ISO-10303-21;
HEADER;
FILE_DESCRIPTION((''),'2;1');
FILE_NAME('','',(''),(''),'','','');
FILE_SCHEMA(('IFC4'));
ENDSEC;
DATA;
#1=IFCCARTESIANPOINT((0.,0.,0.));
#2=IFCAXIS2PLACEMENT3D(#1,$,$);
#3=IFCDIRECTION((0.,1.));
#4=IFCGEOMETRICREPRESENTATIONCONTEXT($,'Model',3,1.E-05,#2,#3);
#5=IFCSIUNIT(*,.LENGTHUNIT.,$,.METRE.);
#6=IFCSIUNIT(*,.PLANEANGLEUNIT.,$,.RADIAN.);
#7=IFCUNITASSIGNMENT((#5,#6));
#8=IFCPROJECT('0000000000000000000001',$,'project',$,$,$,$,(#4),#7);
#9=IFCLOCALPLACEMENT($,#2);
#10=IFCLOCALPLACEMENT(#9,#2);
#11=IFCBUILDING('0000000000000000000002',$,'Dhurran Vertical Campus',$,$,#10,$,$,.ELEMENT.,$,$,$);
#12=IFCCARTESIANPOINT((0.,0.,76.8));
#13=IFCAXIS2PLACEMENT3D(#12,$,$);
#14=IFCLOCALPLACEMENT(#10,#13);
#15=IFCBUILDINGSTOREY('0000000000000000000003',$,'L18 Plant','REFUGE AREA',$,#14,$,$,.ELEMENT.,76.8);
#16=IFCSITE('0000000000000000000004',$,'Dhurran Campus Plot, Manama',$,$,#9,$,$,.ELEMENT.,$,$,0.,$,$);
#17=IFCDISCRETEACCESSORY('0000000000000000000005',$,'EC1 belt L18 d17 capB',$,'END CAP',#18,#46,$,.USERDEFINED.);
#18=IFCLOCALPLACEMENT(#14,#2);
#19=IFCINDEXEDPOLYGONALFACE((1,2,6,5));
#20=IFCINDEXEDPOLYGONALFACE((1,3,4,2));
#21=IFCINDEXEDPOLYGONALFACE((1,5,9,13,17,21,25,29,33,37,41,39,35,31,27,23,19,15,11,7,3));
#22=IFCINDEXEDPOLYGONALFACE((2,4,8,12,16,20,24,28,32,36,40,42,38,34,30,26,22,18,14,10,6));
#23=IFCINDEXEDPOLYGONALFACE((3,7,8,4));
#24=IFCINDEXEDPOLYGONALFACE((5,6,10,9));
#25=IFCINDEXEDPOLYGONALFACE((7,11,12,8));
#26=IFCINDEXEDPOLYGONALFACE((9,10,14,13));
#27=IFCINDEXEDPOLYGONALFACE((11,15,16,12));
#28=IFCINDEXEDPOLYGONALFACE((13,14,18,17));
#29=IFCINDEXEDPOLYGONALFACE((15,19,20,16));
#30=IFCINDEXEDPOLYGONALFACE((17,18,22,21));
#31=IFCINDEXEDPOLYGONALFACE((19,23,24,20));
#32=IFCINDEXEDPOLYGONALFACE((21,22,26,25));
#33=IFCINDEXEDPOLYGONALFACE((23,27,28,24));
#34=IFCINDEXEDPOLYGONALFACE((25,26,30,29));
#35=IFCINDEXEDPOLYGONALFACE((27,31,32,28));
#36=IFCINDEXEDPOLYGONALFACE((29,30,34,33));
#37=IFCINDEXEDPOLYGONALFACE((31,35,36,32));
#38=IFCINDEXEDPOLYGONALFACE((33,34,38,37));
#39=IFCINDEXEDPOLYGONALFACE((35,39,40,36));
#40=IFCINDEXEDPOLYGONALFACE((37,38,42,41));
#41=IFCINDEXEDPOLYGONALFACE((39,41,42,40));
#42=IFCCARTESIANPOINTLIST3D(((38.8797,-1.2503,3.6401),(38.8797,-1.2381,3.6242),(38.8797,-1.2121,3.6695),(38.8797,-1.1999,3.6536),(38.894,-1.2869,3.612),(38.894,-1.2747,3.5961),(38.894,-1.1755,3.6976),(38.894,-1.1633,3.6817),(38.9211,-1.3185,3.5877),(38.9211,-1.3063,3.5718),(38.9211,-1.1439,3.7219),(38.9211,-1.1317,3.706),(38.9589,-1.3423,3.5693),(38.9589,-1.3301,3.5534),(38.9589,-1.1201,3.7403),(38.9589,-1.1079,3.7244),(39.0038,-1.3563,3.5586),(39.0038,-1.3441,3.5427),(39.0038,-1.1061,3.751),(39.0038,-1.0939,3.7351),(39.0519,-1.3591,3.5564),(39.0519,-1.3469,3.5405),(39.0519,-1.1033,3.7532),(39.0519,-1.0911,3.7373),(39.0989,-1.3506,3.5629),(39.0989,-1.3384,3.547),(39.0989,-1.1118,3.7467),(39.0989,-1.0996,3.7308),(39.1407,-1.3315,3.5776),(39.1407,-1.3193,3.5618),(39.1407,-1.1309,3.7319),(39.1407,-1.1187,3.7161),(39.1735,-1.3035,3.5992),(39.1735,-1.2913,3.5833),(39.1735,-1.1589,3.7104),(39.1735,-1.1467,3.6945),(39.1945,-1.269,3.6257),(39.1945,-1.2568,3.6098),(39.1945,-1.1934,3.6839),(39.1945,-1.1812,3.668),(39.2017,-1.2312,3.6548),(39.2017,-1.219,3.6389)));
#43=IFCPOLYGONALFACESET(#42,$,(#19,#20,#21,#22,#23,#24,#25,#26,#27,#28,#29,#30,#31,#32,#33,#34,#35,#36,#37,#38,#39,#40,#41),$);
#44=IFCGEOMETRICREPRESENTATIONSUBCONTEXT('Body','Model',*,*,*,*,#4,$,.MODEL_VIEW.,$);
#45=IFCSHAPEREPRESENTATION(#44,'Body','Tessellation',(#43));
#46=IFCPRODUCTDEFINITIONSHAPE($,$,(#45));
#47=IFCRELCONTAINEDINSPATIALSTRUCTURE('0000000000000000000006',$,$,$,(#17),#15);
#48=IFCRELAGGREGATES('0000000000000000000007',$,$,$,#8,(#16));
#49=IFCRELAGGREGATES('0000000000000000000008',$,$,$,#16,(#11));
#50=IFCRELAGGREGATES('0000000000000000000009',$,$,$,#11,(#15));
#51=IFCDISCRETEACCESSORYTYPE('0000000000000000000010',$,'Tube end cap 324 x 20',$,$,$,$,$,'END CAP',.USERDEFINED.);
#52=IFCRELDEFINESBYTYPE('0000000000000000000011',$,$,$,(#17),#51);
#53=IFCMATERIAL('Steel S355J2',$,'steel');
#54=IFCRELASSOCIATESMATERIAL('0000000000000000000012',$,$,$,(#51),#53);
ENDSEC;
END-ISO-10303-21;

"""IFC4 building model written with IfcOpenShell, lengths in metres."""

from ifc_helpers import new_model, si_unit, direction, frame, origin, origin_2d, place, context, subcontext, project, spatial, circle, extrude, material, material_profile, profile_set, type_object, element, save


model = new_model("IFC4")

# Units and contexts
model_context = context("Model", 3, precision=1e-05, world=origin(), true_north=direction((0.0, 1.0)))
body_context = subcontext(model_context, "Body", "Model", "MODEL_VIEW")
ifc_project = project(units=[si_unit("LENGTHUNIT", "METRE"), si_unit("PLANEANGLEUNIT", "RADIAN")], contexts=[model_context])

# Site, building, storey
site_placement = place(None, origin())
site = spatial("IfcSite", under=ifc_project, at=site_placement, Name="Dhurran Campus Plot, Manama", CompositionType="ELEMENT", RefElevation=0.0)
building_placement = place(site_placement, origin())
building = spatial("IfcBuilding", under=site, at=building_placement, Name="Dhurran Vertical Campus", CompositionType="ELEMENT")
storey_placement = place(building_placement, frame((0.0, 0.0, 76.8)))
storey = spatial("IfcBuildingStorey", under=building, at=storey_placement, Name="L18 Plant", Description="REFUGE AREA", CompositionType="ELEMENT", Elevation=76.8)

# Discrete accessory
ifc_material_1 = material(Name="Steel S355J2", Category="steel")
ifc_material_profile_1 = material_profile(ifc_material_1, circle(Radius=0.1619, at=origin_2d()), Name="Tube end cap 324 x 20")
ifc_profile_set_1 = profile_set([ifc_material_profile_1], Name="Steel S355J2")
discrete_accessory_type = type_object("IfcDiscreteAccessoryType", Name="Tube end cap 324 x 20", ElementType="END CAP", PredefinedType="USERDEFINED", material=ifc_profile_set_1)
for number, where, z_axis, x_axis, name in (
    (1, (39.0398, -1.219, 3.6389), (0.0, -0.609711, 0.792624), (1.0, 0.0, 0.0), "EC1 belt L18 d17 capB"),
):
    element("IfcDiscreteAccessory", number, at=place(storey_placement, frame(where, z_axis=z_axis, x_axis=x_axis)), inside=storey, type_object=discrete_accessory_type, Name=name, ObjectType="END CAP", PredefinedType="USERDEFINED", context=body_context, shape_type="SweptSolid", body=[
        extrude(circle(Radius=0.1619, at=origin_2d()), origin(), (0.0, 0.0, 1.0), 0.02),
    ])

save(model, "model.ifc")
